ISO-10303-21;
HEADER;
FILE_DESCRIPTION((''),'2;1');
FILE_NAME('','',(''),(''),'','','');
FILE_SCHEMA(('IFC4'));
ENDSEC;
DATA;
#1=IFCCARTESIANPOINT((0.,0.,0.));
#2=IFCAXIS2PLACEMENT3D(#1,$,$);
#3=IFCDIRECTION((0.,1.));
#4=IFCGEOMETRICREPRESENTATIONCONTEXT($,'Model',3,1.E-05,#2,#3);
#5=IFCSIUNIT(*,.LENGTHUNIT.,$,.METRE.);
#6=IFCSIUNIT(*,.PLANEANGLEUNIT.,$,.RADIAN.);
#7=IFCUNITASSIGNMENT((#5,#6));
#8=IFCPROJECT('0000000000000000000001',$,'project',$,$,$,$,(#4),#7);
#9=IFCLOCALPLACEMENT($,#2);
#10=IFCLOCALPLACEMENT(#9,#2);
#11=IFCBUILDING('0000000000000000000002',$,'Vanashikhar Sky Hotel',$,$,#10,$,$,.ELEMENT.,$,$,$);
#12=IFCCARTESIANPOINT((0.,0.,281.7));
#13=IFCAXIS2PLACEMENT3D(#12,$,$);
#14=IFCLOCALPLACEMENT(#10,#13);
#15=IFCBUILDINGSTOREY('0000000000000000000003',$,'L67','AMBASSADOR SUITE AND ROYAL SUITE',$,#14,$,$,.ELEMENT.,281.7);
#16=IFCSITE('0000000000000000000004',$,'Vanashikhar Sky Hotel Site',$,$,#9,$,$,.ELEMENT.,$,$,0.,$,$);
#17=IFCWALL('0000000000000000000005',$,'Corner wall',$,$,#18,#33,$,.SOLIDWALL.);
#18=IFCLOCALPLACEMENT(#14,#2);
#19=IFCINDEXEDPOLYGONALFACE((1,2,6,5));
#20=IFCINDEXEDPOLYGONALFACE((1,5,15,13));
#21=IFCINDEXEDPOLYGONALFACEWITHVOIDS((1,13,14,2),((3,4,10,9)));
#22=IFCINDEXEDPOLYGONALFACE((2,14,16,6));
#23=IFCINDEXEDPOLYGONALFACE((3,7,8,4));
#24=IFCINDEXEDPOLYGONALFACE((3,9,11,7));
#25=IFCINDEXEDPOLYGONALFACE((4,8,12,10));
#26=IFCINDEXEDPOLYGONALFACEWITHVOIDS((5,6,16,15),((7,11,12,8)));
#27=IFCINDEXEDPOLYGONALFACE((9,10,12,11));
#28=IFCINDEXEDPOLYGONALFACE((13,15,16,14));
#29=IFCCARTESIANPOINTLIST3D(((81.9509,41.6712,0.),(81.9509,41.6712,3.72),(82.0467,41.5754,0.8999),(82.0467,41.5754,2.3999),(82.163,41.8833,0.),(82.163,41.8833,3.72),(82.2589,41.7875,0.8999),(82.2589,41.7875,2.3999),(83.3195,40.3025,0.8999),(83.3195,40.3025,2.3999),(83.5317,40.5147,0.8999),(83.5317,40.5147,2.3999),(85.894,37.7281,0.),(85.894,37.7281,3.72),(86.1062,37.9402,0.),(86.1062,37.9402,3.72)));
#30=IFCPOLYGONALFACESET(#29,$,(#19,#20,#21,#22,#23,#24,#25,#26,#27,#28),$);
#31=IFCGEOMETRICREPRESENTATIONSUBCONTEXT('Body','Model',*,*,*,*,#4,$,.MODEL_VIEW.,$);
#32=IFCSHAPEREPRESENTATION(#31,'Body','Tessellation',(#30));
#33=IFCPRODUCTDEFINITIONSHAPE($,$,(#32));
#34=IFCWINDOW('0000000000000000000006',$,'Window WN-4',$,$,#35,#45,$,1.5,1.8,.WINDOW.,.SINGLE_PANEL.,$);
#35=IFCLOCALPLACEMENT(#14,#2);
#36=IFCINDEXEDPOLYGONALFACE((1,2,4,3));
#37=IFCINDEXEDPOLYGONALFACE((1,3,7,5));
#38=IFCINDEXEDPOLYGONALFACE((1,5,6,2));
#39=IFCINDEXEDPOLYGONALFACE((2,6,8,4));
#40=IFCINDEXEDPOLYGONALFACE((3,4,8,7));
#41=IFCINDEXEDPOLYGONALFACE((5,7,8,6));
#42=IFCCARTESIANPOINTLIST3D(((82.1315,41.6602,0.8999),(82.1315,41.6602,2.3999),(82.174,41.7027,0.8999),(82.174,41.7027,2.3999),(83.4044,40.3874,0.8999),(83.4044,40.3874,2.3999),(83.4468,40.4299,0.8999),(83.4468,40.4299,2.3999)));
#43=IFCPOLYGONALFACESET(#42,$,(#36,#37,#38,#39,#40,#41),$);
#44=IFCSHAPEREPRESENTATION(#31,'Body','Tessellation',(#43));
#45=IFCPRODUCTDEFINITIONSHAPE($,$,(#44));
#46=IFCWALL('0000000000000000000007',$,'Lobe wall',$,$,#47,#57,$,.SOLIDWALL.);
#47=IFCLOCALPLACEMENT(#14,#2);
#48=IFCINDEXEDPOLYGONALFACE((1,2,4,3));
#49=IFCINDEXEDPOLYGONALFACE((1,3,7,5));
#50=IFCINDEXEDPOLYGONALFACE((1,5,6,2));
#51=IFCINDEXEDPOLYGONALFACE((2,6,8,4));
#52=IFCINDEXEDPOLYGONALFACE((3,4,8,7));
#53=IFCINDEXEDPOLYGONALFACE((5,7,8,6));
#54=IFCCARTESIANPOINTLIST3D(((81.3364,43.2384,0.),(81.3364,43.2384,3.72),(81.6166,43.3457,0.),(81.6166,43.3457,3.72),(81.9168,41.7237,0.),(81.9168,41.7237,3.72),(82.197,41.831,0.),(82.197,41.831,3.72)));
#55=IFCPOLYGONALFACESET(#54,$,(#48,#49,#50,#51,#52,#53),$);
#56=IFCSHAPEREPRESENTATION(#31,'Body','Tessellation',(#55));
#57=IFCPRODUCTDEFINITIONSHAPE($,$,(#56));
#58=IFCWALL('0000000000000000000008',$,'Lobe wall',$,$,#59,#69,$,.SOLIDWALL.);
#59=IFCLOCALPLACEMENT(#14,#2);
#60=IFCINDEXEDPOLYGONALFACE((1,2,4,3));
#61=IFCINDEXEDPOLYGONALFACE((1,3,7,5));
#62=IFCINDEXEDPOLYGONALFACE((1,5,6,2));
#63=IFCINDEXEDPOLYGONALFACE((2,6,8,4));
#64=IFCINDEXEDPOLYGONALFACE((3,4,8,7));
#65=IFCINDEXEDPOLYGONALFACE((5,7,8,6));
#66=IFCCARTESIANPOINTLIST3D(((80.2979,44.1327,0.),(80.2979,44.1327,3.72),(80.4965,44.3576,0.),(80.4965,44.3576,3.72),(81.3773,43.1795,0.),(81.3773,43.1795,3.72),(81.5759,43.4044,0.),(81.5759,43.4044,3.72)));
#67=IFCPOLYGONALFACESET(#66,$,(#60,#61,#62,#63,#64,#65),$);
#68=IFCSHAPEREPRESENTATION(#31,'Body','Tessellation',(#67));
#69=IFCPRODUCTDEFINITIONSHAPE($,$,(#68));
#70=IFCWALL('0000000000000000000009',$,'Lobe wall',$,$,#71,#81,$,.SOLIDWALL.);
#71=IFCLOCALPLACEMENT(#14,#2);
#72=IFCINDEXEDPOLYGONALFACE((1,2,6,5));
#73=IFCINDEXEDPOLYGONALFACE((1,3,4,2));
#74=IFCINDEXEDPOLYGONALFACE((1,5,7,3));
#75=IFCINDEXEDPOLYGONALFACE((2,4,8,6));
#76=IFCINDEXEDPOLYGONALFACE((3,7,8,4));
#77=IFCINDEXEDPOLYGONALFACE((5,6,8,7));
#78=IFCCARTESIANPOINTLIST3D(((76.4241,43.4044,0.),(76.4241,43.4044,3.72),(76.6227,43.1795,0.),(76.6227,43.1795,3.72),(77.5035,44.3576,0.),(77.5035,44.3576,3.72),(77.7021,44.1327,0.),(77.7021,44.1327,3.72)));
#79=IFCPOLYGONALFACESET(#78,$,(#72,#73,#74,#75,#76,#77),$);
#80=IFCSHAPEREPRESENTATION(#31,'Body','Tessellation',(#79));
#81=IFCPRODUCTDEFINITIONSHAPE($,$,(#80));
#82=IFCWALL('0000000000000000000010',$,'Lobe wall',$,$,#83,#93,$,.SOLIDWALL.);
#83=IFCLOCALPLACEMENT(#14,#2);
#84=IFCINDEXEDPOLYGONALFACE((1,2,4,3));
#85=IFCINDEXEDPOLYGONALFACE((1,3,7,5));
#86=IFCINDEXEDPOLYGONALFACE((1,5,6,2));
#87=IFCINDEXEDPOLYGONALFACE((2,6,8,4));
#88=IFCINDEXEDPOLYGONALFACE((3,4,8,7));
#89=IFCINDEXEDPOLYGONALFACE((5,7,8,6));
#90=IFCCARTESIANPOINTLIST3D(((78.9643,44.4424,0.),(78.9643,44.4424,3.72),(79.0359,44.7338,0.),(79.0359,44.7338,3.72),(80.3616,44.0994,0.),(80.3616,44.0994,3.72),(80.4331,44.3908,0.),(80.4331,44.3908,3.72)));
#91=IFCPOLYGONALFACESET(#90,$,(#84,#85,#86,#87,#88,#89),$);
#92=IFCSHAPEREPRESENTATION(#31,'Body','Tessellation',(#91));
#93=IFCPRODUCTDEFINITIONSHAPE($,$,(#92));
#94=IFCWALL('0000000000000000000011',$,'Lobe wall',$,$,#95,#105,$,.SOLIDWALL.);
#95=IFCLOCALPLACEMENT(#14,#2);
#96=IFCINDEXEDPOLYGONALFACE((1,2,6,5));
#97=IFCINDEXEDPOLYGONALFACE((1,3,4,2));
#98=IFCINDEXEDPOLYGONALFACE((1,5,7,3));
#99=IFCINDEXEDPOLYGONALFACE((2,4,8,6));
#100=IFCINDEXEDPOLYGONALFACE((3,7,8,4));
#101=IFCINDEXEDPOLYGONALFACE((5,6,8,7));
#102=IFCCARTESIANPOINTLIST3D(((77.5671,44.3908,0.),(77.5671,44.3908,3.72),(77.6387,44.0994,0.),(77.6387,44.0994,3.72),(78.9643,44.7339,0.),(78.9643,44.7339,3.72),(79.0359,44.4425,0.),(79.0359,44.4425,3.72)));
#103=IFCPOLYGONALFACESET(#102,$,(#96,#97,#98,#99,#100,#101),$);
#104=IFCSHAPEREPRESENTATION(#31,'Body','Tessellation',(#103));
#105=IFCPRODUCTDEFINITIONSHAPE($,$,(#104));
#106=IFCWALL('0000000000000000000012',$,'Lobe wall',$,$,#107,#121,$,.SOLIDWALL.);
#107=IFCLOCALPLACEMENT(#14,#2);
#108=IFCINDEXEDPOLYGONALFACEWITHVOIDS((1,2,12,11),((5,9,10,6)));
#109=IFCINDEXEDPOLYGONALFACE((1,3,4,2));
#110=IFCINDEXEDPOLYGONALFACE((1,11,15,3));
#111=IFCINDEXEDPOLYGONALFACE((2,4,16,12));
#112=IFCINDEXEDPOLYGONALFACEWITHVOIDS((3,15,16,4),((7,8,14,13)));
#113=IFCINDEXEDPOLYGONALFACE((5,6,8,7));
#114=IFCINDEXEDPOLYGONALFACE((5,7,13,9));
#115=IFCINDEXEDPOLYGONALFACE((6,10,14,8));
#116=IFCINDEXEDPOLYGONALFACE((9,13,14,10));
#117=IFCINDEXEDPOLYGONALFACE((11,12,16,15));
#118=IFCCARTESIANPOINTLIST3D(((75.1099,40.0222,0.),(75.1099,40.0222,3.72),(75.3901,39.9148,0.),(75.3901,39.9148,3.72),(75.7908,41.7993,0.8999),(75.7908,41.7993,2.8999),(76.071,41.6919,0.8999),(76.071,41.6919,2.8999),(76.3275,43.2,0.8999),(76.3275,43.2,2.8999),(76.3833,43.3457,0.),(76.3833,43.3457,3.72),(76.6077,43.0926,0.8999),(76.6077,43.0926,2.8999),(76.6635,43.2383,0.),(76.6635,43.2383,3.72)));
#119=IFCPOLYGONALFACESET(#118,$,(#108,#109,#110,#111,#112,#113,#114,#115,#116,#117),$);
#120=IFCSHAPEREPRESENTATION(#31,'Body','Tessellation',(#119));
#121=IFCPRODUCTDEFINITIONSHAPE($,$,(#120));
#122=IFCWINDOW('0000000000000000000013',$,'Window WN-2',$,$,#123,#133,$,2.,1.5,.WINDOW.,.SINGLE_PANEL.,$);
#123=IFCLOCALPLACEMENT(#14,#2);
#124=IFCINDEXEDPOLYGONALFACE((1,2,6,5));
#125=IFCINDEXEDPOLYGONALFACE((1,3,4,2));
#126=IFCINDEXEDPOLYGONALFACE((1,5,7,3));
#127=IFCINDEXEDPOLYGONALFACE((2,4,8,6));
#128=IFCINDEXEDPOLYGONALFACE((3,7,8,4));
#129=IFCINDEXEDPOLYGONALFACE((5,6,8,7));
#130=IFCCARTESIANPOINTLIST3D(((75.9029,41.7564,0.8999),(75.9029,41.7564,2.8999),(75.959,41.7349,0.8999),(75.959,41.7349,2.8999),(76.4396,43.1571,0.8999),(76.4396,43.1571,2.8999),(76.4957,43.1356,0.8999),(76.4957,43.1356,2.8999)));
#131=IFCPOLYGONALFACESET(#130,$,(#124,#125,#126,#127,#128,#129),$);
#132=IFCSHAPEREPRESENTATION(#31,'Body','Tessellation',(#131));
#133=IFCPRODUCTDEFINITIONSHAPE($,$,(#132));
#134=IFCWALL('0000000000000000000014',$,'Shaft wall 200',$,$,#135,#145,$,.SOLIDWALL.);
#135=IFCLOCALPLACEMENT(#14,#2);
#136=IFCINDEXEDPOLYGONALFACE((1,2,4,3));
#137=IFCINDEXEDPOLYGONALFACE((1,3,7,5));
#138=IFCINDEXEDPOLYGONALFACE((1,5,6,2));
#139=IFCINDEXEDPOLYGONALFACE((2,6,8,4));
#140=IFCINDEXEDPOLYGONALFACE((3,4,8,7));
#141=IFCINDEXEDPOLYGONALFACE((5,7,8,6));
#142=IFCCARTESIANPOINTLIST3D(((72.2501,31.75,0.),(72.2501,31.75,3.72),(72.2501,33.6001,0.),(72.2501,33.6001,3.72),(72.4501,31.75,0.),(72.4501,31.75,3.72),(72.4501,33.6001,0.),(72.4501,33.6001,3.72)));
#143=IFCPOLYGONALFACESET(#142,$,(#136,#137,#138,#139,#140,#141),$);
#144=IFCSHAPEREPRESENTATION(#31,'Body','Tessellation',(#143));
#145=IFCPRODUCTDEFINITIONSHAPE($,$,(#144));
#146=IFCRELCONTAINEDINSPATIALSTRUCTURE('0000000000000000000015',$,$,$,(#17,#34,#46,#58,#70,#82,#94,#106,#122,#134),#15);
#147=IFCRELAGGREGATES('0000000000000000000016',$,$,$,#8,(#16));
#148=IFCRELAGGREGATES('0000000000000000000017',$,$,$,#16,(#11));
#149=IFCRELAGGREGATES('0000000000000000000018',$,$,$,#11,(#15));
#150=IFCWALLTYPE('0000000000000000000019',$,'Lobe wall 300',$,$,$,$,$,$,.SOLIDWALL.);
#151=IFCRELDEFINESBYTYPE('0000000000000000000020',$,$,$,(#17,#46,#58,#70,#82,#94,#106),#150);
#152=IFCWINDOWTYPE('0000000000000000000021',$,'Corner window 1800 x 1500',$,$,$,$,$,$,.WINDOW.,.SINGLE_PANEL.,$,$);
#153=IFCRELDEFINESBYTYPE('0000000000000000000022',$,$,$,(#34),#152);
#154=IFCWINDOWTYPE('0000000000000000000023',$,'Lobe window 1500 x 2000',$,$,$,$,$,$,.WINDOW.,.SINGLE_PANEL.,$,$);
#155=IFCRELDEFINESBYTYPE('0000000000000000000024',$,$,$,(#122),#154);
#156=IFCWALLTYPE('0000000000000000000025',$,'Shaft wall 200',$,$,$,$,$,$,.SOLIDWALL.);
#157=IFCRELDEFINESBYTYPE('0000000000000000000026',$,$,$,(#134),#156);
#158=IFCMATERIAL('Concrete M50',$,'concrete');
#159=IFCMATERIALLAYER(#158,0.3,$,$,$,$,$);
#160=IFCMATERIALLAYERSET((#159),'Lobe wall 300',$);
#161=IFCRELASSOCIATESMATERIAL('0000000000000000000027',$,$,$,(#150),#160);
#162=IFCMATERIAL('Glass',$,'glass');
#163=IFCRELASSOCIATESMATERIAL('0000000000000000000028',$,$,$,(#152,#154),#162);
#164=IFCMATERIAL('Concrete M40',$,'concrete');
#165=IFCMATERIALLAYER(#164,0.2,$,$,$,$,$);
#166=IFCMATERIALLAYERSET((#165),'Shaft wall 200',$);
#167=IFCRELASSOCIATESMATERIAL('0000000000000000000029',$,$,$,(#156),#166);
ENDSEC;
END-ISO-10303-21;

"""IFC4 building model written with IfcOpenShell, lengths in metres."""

from ifc_helpers import new_model, si_unit, direction, frame, frame_2d, origin, place, context, subcontext, project, spatial, rectangle, extrude, source, transform, mapped, material, layer, layer_set, type_object, element, fill, save


model = new_model("IFC4")

# Units and contexts
model_context = context("Model", 3, precision=1e-05, world=origin(), true_north=direction((0.0, 1.0)))
body_context = subcontext(model_context, "Body", "Model", "MODEL_VIEW")
ifc_project = project(units=[si_unit("LENGTHUNIT", "METRE"), si_unit("PLANEANGLEUNIT", "RADIAN")], contexts=[model_context])

# Site, building, storey
site_placement = place(None, origin())
site = spatial("IfcSite", under=ifc_project, at=site_placement, Name="Vanashikhar Sky Hotel Site", CompositionType="ELEMENT", RefElevation=0.0)
building_placement = place(site_placement, origin())
building = spatial("IfcBuilding", under=site, at=building_placement, Name="Vanashikhar Sky Hotel", CompositionType="ELEMENT")
storey_placement = place(building_placement, frame((0.0, 0.0, 281.7)))
storey = spatial("IfcBuildingStorey", under=building, at=storey_placement, Name="L67", Description="AMBASSADOR SUITE AND ROYAL SUITE", CompositionType="ELEMENT", Elevation=281.7)

# Wall, opening, window
ifc_material_1 = material(Name="Concrete M50", Category="concrete")
ifc_layer_1 = layer(ifc_material_1, 0.3)
ifc_layer_set_1 = layer_set([ifc_layer_1], Name="Lobe wall 300")
wall_type_1 = type_object("IfcWallType", Name="Lobe wall 300", PredefinedType="SOLIDWALL", material=ifc_layer_set_1)
shared_shape_1 = source(origin(), body_context, "Body", "SweptSolid", [
    extrude(rectangle(XDim=5.5764, YDim=0.3, at=frame_2d((2.7881, 0.0))), origin(), (0.0, 0.0, 1.0), 3.72),
])
wall_1_placement = place(storey_placement, frame((86.0, 37.8342, 0.0), z_axis=(0.0, 0.0, 1.0), x_axis=(-0.707107, 0.707107, 0.0)))
wall_1 = element("IfcWall", 1, at=wall_1_placement, inside=storey, type_object=wall_type_1, Name="Corner wall", PredefinedType="SOLIDWALL", context=body_context, shape_type="MappedRepresentation", body=[
    mapped(shared_shape_1, transform((0.0, 0.0, 0.0), scale=1.0)),
])
shared_shape_2 = source(origin(), body_context, "Body", "SweptSolid", [
    extrude(rectangle(XDim=1.8, YDim=1.5, at=frame_2d((0.8999, 0.75))), frame((0.0, 0.1602, 0.0), z_axis=(0.0, -1.0, 0.0), x_axis=(1.0, 0.0, 0.0)), (0.0, 0.0, 1.0), 0.3201),
])
opening_1_placement = place(wall_1_placement, frame((3.6409, 0.0, 0.8999)))
opening_1 = element("IfcOpeningElement", 2, at=opening_1_placement, cuts=wall_1, PredefinedType="OPENING", context=body_context, shape_type="MappedRepresentation", body=[
    mapped(shared_shape_2, transform((0.0, 0.0, 0.0), scale=1.0)),
])
ifc_material_2 = material(Name="Glass", Category="glass")
window_type_1 = type_object("IfcWindowType", Name="Corner window 1800 x 1500", PartitioningType="SINGLE_PANEL", PredefinedType="WINDOW", material=ifc_material_2)
shared_shape_3 = source(origin(), body_context, "Body", "SweptSolid", [
    extrude(rectangle(XDim=1.8, YDim=1.5, at=frame_2d((0.8999, 0.75))), frame((0.0, 0.03, 0.0), z_axis=(0.0, -1.0, 0.0), x_axis=(1.0, 0.0, 0.0)), (0.0, 0.0, 1.0), 0.0601),
])
window_1_placement = place(opening_1_placement, origin())
window_1 = element("IfcWindow", 3, at=window_1_placement, inside=storey, type_object=window_type_1, Name="Window WN-4", OverallHeight=1.5, OverallWidth=1.8, PartitioningType="SINGLE_PANEL", PredefinedType="WINDOW", context=body_context, shape_type="MappedRepresentation", body=[
    mapped(shared_shape_3, transform((0.0, 0.0, 0.0), scale=1.0)),
])
fill(opening_1, window_1)

# Walls
shared_shape_4 = source(origin(), body_context, "Body", "SweptSolid", [
    extrude(rectangle(XDim=1.6221, YDim=0.3, at=frame_2d((0.811, 0.0))), origin(), (0.0, 0.0, 1.0), 3.72),
])
wall_2_placement = place(storey_placement, frame((82.0569, 41.7773, 0.0), z_axis=(0.0, 0.0, 1.0), x_axis=(-0.357779, 0.933806, 0.0)))
element("IfcWall", 4, at=wall_2_placement, inside=storey, type_object=wall_type_1, Name="Lobe wall", PredefinedType="SOLIDWALL", context=body_context, shape_type="MappedRepresentation", body=[
    mapped(shared_shape_4, transform((0.0, 0.0, 0.0), scale=1.0)),
])
shared_shape_5 = source(origin(), body_context, "Body", "SweptSolid", [
    extrude(rectangle(XDim=1.4399, YDim=0.3, at=frame_2d((0.72, 0.0))), origin(), (0.0, 0.0, 1.0), 3.72),
])
for number, where, z_axis, x_axis, name in (
    (5, (81.4766, 43.292, 0.0), (0.0, 0.0, 1.0), (-0.749576, 0.661919, 0.0), "Lobe wall"),
    (6, (77.6028, 44.2451, 0.0), (0.0, 0.0, 1.0), (-0.749576, -0.661919, 0.0), "Lobe wall"),
):
    element("IfcWall", number, at=place(storey_placement, frame(where, z_axis=z_axis, x_axis=x_axis)), inside=storey, type_object=wall_type_1, Name=name, PredefinedType="SOLIDWALL", context=body_context, shape_type="MappedRepresentation", body=[
        mapped(shared_shape_5, transform((0.0, 0.0, 0.0), scale=1.0)),
    ])
shared_shape_6 = source(origin(), body_context, "Body", "SweptSolid", [
    extrude(rectangle(XDim=1.4387, YDim=0.3, at=frame_2d((0.7192, 0.0))), origin(), (0.0, 0.0, 1.0), 3.72),
])
for number, where, z_axis, x_axis, name in (
    (7, (80.3972, 44.2451, 0.0), (0.0, 0.0, 1.0), (-0.971162, 0.238421, 0.0), "Lobe wall"),
    (8, (79.0, 44.5881, 0.0), (0.0, 0.0, 1.0), (-0.971162, -0.238421, 0.0), "Lobe wall"),
):
    element("IfcWall", number, at=place(storey_placement, frame(where, z_axis=z_axis, x_axis=x_axis)), inside=storey, type_object=wall_type_1, Name=name, PredefinedType="SOLIDWALL", context=body_context, shape_type="MappedRepresentation", body=[
        mapped(shared_shape_6, transform((0.0, 0.0, 0.0), scale=1.0)),
    ])

# Wall, opening, window
shared_shape_7 = source(origin(), body_context, "Body", "SweptSolid", [
    extrude(rectangle(XDim=3.5591, YDim=0.3, at=frame_2d((1.7795, 0.0))), origin(), (0.0, 0.0, 1.0), 3.72),
])
wall_3_placement = place(storey_placement, frame((76.5234, 43.292, 0.0), z_axis=(0.0, 0.0, 1.0), x_axis=(-0.357797, -0.933799, 0.0)))
wall_3 = element("IfcWall", 9, at=wall_3_placement, inside=storey, type_object=wall_type_1, Name="Lobe wall", PredefinedType="SOLIDWALL", context=body_context, shape_type="MappedRepresentation", body=[
    mapped(shared_shape_7, transform((0.0, 0.0, 0.0), scale=1.0)),
])
shared_shape_8 = source(origin(), body_context, "Body", "SweptSolid", [
    extrude(rectangle(XDim=1.5, YDim=2.0, at=frame_2d((0.75, 1.0))), frame((0.0, 0.1602, 0.0), z_axis=(0.0, -1.0, 0.0), x_axis=(1.0, 0.0, 0.0)), (0.0, 0.0, 1.0), 0.3201),
])
opening_2_placement = place(wall_3_placement, frame((0.156, 0.0, 0.8999)))
opening_2 = element("IfcOpeningElement", 10, at=opening_2_placement, cuts=wall_3, PredefinedType="OPENING", context=body_context, shape_type="MappedRepresentation", body=[
    mapped(shared_shape_8, transform((0.0, 0.0, 0.0), scale=1.0)),
])
window_type_2 = type_object("IfcWindowType", Name="Lobe window 1500 x 2000", PartitioningType="SINGLE_PANEL", PredefinedType="WINDOW", material=ifc_material_2)
shared_shape_9 = source(origin(), body_context, "Body", "SweptSolid", [
    extrude(rectangle(XDim=1.5, YDim=2.0, at=frame_2d((0.75, 1.0))), frame((0.0, 0.03, 0.0), z_axis=(0.0, -1.0, 0.0), x_axis=(1.0, 0.0, 0.0)), (0.0, 0.0, 1.0), 0.0601),
])
window_2_placement = place(opening_2_placement, origin())
window_2 = element("IfcWindow", 11, at=window_2_placement, inside=storey, type_object=window_type_2, Name="Window WN-2", OverallHeight=2.0, OverallWidth=1.5, PartitioningType="SINGLE_PANEL", PredefinedType="WINDOW", context=body_context, shape_type="MappedRepresentation", body=[
    mapped(shared_shape_9, transform((0.0, 0.0, 0.0), scale=1.0)),
])
fill(opening_2, window_2)

# Wall
ifc_material_3 = material(Name="Concrete M40", Category="concrete")
ifc_layer_2 = layer(ifc_material_3, 0.2)
ifc_layer_set_2 = layer_set([ifc_layer_2], Name="Shaft wall 200")
wall_type_2 = type_object("IfcWallType", Name="Shaft wall 200", PredefinedType="SOLIDWALL", material=ifc_layer_set_2)
shared_shape_10 = source(origin(), body_context, "Body", "SweptSolid", [
    extrude(rectangle(XDim=1.8501, YDim=0.2, at=frame_2d((0.925, 0.0))), origin(), (0.0, 0.0, 1.0), 3.72),
])
wall_4_placement = place(storey_placement, frame((72.3501, 31.75, 0.0), z_axis=(0.0, 0.0, 1.0), x_axis=(0.0, 1.0, 0.0)))
element("IfcWall", 12, at=wall_4_placement, inside=storey, type_object=wall_type_2, Name="Shaft wall 200", PredefinedType="SOLIDWALL", context=body_context, shape_type="MappedRepresentation", body=[
    mapped(shared_shape_10, transform((0.0, 0.0, 0.0), scale=1.0)),
])

save(model, "model.ifc")
